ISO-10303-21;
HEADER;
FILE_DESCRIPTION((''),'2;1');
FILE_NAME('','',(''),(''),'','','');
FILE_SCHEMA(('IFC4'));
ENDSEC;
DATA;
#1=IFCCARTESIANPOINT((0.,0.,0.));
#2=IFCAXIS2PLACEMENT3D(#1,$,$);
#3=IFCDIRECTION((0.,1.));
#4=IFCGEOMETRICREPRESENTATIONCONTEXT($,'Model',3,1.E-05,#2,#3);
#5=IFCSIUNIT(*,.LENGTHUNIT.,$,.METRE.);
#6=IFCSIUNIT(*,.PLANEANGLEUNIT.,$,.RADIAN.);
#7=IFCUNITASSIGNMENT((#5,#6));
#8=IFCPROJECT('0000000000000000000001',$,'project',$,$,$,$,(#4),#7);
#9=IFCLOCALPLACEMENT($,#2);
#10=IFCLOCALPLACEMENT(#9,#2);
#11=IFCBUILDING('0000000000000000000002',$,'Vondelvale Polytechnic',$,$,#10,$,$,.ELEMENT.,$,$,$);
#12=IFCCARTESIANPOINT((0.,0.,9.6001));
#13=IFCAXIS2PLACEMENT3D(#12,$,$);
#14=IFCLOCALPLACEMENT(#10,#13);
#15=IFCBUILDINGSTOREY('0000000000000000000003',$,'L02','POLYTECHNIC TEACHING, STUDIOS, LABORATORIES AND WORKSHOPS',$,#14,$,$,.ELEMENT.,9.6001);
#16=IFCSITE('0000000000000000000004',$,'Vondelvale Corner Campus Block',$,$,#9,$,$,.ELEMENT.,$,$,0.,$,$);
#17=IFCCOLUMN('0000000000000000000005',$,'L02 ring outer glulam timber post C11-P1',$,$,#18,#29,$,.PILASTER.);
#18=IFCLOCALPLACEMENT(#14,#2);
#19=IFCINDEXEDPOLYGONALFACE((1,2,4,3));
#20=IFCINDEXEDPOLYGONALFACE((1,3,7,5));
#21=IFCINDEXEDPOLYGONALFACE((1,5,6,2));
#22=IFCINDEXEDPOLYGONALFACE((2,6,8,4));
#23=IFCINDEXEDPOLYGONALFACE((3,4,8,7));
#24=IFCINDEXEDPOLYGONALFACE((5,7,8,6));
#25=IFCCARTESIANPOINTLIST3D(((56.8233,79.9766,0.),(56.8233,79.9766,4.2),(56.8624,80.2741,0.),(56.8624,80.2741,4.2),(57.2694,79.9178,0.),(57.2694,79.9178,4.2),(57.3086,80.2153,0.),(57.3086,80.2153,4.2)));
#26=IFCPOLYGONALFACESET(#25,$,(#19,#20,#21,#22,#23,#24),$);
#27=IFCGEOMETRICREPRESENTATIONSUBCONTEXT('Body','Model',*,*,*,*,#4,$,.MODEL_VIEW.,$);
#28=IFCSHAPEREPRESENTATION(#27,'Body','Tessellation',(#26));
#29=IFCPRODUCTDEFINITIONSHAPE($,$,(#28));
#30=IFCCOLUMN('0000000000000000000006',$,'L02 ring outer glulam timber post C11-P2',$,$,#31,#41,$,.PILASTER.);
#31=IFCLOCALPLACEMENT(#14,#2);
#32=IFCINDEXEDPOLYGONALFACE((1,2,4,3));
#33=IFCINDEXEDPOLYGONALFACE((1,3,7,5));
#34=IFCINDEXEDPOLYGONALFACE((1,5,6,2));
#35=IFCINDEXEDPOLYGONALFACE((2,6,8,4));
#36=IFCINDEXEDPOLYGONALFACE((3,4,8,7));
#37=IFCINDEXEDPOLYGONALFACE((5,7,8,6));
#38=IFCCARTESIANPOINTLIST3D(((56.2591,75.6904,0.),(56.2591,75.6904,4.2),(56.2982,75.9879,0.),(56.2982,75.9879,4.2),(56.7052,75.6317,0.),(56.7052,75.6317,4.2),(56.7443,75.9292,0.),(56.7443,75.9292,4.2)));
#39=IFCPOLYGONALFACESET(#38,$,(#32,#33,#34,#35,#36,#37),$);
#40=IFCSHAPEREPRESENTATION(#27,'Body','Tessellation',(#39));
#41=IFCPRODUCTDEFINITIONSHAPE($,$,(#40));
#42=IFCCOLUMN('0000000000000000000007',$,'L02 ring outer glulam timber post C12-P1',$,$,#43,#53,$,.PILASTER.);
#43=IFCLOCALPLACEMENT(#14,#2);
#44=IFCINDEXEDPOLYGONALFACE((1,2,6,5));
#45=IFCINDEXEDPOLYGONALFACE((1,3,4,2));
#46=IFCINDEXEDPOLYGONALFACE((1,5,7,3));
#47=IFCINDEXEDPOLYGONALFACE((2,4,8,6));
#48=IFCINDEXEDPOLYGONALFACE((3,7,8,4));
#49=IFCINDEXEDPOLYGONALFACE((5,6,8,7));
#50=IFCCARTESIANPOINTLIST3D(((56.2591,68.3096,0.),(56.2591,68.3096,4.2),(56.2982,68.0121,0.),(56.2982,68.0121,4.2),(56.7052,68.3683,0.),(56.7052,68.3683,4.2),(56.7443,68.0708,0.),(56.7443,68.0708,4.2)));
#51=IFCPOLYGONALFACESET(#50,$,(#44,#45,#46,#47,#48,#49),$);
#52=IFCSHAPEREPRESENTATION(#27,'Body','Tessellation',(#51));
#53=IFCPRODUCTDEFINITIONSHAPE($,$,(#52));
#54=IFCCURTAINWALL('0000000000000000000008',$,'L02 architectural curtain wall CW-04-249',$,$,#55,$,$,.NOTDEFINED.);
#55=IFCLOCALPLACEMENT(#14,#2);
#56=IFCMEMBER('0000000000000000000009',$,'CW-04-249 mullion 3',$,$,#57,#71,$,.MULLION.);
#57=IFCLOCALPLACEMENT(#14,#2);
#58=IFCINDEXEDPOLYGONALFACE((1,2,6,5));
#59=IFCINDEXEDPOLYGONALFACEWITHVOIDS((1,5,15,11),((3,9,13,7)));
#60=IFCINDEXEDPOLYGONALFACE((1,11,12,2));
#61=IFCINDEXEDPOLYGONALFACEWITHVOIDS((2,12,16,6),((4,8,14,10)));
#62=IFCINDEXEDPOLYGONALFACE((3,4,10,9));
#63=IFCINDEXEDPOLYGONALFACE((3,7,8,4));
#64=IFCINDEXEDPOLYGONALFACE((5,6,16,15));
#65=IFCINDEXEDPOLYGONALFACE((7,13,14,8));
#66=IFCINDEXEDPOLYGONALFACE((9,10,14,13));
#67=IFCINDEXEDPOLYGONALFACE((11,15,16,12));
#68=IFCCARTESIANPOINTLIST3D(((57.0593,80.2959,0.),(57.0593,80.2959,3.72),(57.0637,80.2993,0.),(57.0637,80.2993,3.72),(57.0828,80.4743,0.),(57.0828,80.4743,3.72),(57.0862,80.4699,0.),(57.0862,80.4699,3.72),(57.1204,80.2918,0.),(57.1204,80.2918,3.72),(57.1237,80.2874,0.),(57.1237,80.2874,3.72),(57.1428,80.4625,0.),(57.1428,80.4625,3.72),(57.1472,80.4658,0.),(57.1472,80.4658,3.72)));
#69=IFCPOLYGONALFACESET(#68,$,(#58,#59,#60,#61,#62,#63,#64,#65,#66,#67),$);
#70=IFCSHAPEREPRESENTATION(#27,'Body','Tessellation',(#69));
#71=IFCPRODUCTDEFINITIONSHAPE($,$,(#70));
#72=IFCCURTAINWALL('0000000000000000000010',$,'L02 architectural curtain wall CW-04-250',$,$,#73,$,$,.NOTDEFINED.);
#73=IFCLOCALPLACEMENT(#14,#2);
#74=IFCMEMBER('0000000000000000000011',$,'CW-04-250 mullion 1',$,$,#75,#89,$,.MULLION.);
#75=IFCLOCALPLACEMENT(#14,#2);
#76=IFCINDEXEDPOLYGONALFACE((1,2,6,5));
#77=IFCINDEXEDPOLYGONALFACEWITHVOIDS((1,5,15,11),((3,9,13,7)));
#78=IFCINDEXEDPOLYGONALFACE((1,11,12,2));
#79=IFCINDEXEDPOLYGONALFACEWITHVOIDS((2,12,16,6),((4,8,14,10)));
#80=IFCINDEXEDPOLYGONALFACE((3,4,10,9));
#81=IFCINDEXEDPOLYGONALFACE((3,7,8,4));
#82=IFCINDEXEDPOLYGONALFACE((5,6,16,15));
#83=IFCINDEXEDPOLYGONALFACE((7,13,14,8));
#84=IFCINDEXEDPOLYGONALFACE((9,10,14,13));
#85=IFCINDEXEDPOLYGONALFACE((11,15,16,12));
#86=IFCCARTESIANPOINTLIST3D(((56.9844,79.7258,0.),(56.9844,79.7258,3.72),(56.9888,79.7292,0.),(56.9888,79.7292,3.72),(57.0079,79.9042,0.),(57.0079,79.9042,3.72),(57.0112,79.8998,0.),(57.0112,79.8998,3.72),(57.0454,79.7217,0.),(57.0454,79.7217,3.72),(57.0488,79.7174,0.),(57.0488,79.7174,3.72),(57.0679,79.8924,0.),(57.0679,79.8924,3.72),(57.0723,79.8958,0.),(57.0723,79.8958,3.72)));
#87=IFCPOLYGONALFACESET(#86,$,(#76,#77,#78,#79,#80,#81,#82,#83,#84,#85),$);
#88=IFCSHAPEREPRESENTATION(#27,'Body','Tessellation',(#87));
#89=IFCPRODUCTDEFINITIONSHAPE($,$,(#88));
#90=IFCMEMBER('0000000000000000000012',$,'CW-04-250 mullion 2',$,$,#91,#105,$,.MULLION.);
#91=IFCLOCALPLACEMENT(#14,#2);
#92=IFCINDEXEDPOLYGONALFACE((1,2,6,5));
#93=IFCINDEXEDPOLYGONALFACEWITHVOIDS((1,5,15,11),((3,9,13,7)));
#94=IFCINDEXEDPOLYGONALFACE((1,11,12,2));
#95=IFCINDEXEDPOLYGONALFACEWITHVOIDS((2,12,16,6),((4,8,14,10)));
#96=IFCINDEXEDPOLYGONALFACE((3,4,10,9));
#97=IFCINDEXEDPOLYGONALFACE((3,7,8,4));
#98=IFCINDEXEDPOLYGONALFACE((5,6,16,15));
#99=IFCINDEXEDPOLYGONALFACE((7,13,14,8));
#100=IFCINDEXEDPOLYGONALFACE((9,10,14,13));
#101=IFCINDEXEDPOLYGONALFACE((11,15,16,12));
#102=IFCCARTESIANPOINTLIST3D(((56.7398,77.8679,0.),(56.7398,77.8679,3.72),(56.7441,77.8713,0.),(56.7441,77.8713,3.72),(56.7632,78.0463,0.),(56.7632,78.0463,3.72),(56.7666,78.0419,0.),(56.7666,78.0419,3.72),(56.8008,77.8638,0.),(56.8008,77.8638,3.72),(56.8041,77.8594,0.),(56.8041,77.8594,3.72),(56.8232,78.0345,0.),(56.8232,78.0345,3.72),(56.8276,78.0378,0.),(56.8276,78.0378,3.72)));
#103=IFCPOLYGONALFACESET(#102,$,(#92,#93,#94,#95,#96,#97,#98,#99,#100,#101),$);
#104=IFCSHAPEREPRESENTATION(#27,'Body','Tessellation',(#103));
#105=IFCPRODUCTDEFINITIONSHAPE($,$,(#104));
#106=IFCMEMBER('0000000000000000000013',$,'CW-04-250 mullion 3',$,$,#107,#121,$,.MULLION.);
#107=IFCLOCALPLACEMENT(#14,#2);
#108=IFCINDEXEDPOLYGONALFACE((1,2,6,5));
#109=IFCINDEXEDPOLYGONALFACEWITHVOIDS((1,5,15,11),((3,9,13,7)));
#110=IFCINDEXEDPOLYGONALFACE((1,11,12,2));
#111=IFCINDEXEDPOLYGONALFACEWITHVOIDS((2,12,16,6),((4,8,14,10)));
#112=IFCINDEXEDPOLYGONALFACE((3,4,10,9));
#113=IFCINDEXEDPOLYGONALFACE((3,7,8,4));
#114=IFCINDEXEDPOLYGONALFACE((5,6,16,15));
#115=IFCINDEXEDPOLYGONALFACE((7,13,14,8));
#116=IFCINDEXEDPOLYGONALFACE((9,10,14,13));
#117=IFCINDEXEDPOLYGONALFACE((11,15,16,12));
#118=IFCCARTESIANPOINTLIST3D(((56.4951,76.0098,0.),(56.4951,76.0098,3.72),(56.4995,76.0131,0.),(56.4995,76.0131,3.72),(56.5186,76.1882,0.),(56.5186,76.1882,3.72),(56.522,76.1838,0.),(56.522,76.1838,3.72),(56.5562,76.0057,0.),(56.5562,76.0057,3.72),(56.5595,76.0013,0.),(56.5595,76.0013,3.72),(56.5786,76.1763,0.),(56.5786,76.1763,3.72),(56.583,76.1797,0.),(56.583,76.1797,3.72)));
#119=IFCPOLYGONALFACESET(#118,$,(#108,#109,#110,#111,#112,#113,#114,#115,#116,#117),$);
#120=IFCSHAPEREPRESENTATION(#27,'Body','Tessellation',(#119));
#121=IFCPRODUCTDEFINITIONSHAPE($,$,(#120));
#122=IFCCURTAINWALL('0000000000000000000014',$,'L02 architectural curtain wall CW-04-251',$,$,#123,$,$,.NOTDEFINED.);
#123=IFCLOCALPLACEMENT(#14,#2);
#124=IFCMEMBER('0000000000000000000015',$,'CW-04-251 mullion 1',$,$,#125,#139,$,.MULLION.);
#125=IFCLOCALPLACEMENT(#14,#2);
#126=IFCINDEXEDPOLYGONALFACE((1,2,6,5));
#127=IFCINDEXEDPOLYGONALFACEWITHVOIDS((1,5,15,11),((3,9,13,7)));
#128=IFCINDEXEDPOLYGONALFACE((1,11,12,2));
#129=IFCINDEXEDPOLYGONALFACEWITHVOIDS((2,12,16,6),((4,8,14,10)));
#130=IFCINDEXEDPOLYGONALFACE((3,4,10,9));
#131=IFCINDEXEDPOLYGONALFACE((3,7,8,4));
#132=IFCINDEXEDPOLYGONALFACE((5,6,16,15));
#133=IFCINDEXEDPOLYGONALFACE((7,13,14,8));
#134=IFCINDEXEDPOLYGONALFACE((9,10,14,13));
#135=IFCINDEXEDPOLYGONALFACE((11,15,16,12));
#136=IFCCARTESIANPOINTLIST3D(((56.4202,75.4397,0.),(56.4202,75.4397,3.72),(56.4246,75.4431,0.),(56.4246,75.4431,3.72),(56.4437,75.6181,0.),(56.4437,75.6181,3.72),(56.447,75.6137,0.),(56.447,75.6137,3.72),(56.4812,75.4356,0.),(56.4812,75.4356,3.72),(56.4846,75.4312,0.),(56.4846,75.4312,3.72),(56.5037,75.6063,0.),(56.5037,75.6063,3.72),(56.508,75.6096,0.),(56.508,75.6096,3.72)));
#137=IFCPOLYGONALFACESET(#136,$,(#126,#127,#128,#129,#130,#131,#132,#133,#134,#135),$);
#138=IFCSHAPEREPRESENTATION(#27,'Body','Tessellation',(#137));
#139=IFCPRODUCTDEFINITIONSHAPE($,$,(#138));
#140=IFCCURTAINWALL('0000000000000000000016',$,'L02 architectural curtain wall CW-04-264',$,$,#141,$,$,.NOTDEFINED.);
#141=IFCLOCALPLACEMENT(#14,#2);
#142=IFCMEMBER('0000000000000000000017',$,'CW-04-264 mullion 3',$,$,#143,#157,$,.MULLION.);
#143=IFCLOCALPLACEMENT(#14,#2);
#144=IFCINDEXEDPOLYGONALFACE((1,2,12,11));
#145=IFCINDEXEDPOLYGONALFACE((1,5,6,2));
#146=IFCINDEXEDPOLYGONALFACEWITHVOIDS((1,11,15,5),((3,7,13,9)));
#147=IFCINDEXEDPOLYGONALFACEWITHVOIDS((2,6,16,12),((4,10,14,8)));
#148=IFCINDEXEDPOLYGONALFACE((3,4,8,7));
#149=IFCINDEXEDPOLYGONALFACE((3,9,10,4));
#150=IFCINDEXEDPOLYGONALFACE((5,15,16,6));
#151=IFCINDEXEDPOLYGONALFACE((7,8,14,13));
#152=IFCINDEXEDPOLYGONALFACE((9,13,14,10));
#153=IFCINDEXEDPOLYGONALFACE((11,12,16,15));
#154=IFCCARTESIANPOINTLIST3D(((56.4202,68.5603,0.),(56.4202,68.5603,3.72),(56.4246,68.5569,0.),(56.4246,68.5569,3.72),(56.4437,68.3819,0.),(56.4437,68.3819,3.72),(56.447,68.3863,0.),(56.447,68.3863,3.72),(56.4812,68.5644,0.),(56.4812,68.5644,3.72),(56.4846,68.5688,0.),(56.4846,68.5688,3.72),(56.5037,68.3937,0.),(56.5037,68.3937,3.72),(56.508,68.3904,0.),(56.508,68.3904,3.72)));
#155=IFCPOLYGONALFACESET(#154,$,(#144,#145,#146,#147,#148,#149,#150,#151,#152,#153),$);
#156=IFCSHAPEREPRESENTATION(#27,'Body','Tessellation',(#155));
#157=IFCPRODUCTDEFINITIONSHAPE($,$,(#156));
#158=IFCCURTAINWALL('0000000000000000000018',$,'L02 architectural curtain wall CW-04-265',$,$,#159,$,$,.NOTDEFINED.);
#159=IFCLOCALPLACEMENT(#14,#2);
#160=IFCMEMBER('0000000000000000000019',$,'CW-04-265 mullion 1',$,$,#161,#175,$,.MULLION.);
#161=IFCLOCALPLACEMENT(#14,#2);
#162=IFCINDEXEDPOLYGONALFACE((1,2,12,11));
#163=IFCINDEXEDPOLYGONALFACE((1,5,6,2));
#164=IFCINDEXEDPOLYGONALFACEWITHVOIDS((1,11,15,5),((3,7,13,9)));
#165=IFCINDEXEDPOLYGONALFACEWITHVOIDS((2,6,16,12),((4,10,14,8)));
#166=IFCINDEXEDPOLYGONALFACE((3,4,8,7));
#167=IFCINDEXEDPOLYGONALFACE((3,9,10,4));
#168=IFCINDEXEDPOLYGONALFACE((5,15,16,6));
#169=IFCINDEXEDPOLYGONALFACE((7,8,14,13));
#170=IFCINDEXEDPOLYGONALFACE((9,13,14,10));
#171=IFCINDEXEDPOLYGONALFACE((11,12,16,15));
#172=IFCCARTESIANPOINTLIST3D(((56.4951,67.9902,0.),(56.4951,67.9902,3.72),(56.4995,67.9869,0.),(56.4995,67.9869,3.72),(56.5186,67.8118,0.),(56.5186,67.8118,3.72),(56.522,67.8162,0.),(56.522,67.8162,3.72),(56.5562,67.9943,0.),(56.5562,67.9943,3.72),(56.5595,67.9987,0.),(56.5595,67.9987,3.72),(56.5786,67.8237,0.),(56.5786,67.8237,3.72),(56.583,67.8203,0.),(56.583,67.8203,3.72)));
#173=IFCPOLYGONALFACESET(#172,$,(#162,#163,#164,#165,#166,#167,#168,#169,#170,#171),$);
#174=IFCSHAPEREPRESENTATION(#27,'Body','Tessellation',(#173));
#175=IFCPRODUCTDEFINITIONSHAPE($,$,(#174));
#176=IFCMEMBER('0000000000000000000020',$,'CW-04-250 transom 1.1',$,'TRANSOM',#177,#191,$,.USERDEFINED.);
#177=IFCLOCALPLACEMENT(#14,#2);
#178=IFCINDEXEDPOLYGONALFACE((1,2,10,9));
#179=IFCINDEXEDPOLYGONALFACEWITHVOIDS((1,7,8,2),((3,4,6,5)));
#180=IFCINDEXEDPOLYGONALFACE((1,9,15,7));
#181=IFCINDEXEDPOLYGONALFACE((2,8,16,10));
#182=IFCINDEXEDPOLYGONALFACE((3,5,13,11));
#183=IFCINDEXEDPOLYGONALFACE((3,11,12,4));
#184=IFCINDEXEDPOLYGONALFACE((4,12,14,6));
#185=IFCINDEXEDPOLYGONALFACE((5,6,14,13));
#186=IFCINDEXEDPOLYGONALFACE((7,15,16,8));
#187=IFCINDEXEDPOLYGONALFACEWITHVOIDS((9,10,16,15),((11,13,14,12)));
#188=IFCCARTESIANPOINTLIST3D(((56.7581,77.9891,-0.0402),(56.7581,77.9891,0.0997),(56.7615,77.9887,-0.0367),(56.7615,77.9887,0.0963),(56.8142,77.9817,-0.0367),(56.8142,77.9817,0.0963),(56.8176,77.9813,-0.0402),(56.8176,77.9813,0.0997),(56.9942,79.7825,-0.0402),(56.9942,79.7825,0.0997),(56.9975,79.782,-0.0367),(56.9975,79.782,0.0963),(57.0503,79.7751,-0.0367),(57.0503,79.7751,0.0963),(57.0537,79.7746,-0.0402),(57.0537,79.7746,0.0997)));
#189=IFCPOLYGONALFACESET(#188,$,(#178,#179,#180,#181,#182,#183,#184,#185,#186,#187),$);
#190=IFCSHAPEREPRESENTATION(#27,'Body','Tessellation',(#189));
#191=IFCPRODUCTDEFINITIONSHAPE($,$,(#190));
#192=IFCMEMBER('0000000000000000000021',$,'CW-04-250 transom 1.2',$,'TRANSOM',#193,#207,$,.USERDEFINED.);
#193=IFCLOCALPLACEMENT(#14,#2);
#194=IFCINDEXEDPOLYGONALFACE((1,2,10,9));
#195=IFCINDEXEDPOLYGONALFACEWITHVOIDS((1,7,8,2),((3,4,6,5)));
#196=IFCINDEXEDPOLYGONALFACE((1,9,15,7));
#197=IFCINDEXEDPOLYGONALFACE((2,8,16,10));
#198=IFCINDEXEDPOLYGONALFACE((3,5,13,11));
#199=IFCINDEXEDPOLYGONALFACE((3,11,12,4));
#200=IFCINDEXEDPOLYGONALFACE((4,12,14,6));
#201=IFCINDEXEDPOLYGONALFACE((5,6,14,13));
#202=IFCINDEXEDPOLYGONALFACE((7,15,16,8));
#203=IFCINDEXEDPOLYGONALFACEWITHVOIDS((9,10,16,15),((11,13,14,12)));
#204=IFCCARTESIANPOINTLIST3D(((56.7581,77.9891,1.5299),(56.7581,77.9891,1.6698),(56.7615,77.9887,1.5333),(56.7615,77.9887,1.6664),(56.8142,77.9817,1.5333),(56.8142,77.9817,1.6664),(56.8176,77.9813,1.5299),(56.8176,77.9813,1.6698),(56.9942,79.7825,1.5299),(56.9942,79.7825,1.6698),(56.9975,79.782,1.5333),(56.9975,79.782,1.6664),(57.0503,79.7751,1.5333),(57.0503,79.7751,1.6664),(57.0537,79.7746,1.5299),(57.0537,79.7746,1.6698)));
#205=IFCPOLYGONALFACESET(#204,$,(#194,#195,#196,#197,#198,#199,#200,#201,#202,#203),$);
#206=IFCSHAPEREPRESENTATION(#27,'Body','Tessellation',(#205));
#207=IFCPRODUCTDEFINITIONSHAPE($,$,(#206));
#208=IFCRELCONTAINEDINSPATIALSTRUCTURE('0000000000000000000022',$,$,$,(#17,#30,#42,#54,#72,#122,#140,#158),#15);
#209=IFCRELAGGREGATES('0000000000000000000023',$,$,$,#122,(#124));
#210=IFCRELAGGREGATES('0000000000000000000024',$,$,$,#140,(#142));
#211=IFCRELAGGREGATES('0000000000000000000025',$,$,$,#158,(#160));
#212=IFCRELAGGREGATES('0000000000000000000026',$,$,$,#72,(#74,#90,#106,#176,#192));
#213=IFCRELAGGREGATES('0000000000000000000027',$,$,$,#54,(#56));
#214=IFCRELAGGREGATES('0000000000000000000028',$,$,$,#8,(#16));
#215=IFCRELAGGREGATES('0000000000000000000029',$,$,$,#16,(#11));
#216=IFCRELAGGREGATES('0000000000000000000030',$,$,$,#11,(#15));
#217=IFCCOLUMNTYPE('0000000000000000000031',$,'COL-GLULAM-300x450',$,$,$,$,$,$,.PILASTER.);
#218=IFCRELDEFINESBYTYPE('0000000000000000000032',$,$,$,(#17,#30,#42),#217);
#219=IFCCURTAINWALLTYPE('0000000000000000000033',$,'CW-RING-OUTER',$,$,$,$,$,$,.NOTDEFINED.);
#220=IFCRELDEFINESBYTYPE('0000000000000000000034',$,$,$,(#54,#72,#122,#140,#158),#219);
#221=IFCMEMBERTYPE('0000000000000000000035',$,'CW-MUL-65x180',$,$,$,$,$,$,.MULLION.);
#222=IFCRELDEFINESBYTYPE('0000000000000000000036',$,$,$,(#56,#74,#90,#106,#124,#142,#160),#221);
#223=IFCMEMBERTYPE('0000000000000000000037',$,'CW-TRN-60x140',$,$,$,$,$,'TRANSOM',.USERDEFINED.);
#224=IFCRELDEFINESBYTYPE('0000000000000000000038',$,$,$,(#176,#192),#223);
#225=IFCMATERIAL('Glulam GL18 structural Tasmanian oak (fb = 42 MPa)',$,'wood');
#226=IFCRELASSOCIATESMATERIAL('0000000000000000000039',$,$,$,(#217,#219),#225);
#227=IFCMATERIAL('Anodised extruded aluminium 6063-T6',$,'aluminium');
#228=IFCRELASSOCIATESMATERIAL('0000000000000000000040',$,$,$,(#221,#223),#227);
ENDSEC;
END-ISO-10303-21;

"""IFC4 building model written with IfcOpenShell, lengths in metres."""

from ifc_helpers import new_model, si_unit, direction, frame, origin, origin_2d, place, context, subcontext, project, spatial, rectangle, hollow_rectangle, extrude, material, material_profile, profile_set, type_object, element, aggregate, save


model = new_model("IFC4")

# Units and contexts
model_context = context("Model", 3, precision=1e-05, world=origin(), true_north=direction((0.0, 1.0)))
body_context = subcontext(model_context, "Body", "Model", "MODEL_VIEW")
ifc_project = project(units=[si_unit("LENGTHUNIT", "METRE"), si_unit("PLANEANGLEUNIT", "RADIAN")], contexts=[model_context])

# Site, building, storey
site_placement = place(None, origin())
site = spatial("IfcSite", under=ifc_project, at=site_placement, Name="Vondelvale Corner Campus Block", CompositionType="ELEMENT", RefElevation=0.0)
building_placement = place(site_placement, origin())
building = spatial("IfcBuilding", under=site, at=building_placement, Name="Vondelvale Polytechnic", CompositionType="ELEMENT")
storey_placement = place(building_placement, frame((0.0, 0.0, 9.6001)))
storey = spatial("IfcBuildingStorey", under=building, at=storey_placement, Name="L02", Description="POLYTECHNIC TEACHING, STUDIOS, LABORATORIES AND WORKSHOPS", CompositionType="ELEMENT", Elevation=9.6001)

# Columns
ifc_material_1 = material(Name="Glulam GL18 structural Tasmanian oak (fb = 42 MPa)", Category="wood")
ifc_material_profile_1 = material_profile(ifc_material_1, rectangle(XDim=0.3, YDim=0.45, at=origin_2d()), Name="GL-POST-300x450")
ifc_profile_set_1 = profile_set([ifc_material_profile_1], Name="Glulam GL18 structural Tasmanian oak (fb = 42 MPa)")
column_type = type_object("IfcColumnType", Name="COL-GLULAM-300x450", PredefinedType="PILASTER", material=ifc_profile_set_1)
for number, where, z_axis, x_axis, name in (
    (1, (57.0659, 80.0959, 0.0), (0.0, 0.0, 1.0), (0.130526, 0.991445, 0.0), "L02 ring outer glulam timber post C11-P1"),
    (2, (56.5017, 75.8098, 0.0), (0.0, 0.0, 1.0), (0.130526, 0.991445, 0.0), "L02 ring outer glulam timber post C11-P2"),
    (3, (56.5017, 68.1902, 0.0), (0.0, 0.0, 1.0), (-0.130526, 0.991445, 0.0), "L02 ring outer glulam timber post C12-P1"),
):
    element("IfcColumn", number, at=place(storey_placement, frame(where, z_axis=z_axis, x_axis=x_axis)), inside=storey, type_object=column_type, Name=name, PredefinedType="PILASTER", context=body_context, shape_type="SweptSolid", body=[
        extrude(rectangle(XDim=0.3, YDim=0.45, at=origin_2d()), origin(), (0.0, 0.0, 1.0), 4.2),
    ])

# Curtain wall, member
curtain_wall_type = type_object("IfcCurtainWallType", Name="CW-RING-OUTER", PredefinedType="NOTDEFINED", material=ifc_material_1)
curtain_wall_1_placement = place(storey_placement, origin())
curtain_wall_1 = element("IfcCurtainWall", 4, at=curtain_wall_1_placement, inside=storey, type_object=curtain_wall_type, Name="L02 architectural curtain wall CW-04-249", PredefinedType="NOTDEFINED")
ifc_material_2 = material(Name="Anodised extruded aluminium 6063-T6", Category="aluminium")
ifc_material_profile_2 = material_profile(ifc_material_2, hollow_rectangle(XDim=0.0649, YDim=0.1799, WallThickness=0.0039, at=origin_2d()), Name="CW-MUL-180x65")
ifc_profile_set_2 = profile_set([ifc_material_profile_2], Name="Anodised extruded aluminium 6063-T6")
member_type_1 = type_object("IfcMemberType", Name="CW-MUL-65x180", PredefinedType="MULLION", material=ifc_profile_set_2)
member_1_placement = place(storey_placement, frame((57.1033, 80.3809, 0.0), z_axis=(0.0, 0.0, 1.0), x_axis=(0.991443, -0.13054, 0.0)))
member_1 = element("IfcMember", 5, at=member_1_placement, type_object=member_type_1, Name="CW-04-249 mullion 3", PredefinedType="MULLION", context=body_context, shape_type="SweptSolid", body=[
    extrude(hollow_rectangle(XDim=0.0649, YDim=0.1799, WallThickness=0.0039, at=origin_2d()), origin(), (0.0, 0.0, 1.0), 3.72),
])

# Curtain wall, members
curtain_wall_2_placement = place(storey_placement, origin())
curtain_wall_2 = element("IfcCurtainWall", 6, at=curtain_wall_2_placement, inside=storey, type_object=curtain_wall_type, Name="L02 architectural curtain wall CW-04-250", PredefinedType="NOTDEFINED")
member_2_placement = place(storey_placement, frame((57.0283, 79.8108, 0.0), z_axis=(0.0, 0.0, 1.0), x_axis=(0.991449, -0.130497, 0.0)))
member_2 = element("IfcMember", 7, at=member_2_placement, type_object=member_type_1, Name="CW-04-250 mullion 1", PredefinedType="MULLION", context=body_context, shape_type="SweptSolid", body=[
    extrude(hollow_rectangle(XDim=0.0649, YDim=0.1799, WallThickness=0.0039, at=origin_2d()), origin(), (0.0, 0.0, 1.0), 3.72),
])
member_3_placement = place(storey_placement, frame((56.7837, 77.9529, 0.0), z_axis=(0.0, 0.0, 1.0), x_axis=(0.991449, -0.130497, 0.0)))
member_3 = element("IfcMember", 8, at=member_3_placement, type_object=member_type_1, Name="CW-04-250 mullion 2", PredefinedType="MULLION", context=body_context, shape_type="SweptSolid", body=[
    extrude(hollow_rectangle(XDim=0.0649, YDim=0.1799, WallThickness=0.0039, at=origin_2d()), origin(), (0.0, 0.0, 1.0), 3.72),
])
member_4_placement = place(storey_placement, frame((56.5391, 76.0947, 0.0), z_axis=(0.0, 0.0, 1.0), x_axis=(0.991449, -0.130497, 0.0)))
member_4 = element("IfcMember", 9, at=member_4_placement, type_object=member_type_1, Name="CW-04-250 mullion 3", PredefinedType="MULLION", context=body_context, shape_type="SweptSolid", body=[
    extrude(hollow_rectangle(XDim=0.0649, YDim=0.1799, WallThickness=0.0039, at=origin_2d()), origin(), (0.0, 0.0, 1.0), 3.72),
])

# Curtain walls, members
curtain_wall_3_placement = place(storey_placement, origin())
curtain_wall_3 = element("IfcCurtainWall", 10, at=curtain_wall_3_placement, inside=storey, type_object=curtain_wall_type, Name="L02 architectural curtain wall CW-04-251", PredefinedType="NOTDEFINED")
member_5_placement = place(storey_placement, frame((56.4641, 75.5247, 0.0), z_axis=(0.0, 0.0, 1.0), x_axis=(0.991443, -0.13054, 0.0)))
member_5 = element("IfcMember", 11, at=member_5_placement, type_object=member_type_1, Name="CW-04-251 mullion 1", PredefinedType="MULLION", context=body_context, shape_type="SweptSolid", body=[
    extrude(hollow_rectangle(XDim=0.0649, YDim=0.1799, WallThickness=0.0039, at=origin_2d()), origin(), (0.0, 0.0, 1.0), 3.72),
])
aggregate(curtain_wall_3, [member_5])
curtain_wall_4_placement = place(storey_placement, origin())
curtain_wall_4 = element("IfcCurtainWall", 12, at=curtain_wall_4_placement, inside=storey, type_object=curtain_wall_type, Name="L02 architectural curtain wall CW-04-264", PredefinedType="NOTDEFINED")
member_6_placement = place(storey_placement, frame((56.4641, 68.4753, 0.0), z_axis=(0.0, 0.0, 1.0), x_axis=(0.991443, 0.13054, 0.0)))
member_6 = element("IfcMember", 13, at=member_6_placement, type_object=member_type_1, Name="CW-04-264 mullion 3", PredefinedType="MULLION", context=body_context, shape_type="SweptSolid", body=[
    extrude(hollow_rectangle(XDim=0.0649, YDim=0.1799, WallThickness=0.0039, at=origin_2d()), origin(), (0.0, 0.0, 1.0), 3.72),
])
aggregate(curtain_wall_4, [member_6])
curtain_wall_5_placement = place(storey_placement, origin())
curtain_wall_5 = element("IfcCurtainWall", 14, at=curtain_wall_5_placement, inside=storey, type_object=curtain_wall_type, Name="L02 architectural curtain wall CW-04-265", PredefinedType="NOTDEFINED")
member_7_placement = place(storey_placement, frame((56.5391, 67.9053, 0.0), z_axis=(0.0, 0.0, 1.0), x_axis=(0.991449, 0.130497, 0.0)))
member_7 = element("IfcMember", 15, at=member_7_placement, type_object=member_type_1, Name="CW-04-265 mullion 1", PredefinedType="MULLION", context=body_context, shape_type="SweptSolid", body=[
    extrude(hollow_rectangle(XDim=0.0649, YDim=0.1799, WallThickness=0.0039, at=origin_2d()), origin(), (0.0, 0.0, 1.0), 3.72),
])

# Members
ifc_material_profile_3 = material_profile(ifc_material_2, hollow_rectangle(XDim=0.0601, YDim=0.1399, WallThickness=0.0034, at=origin_2d()), Name="CW-TRN-140x60")
ifc_profile_set_3 = profile_set([ifc_material_profile_3], Name="Anodised extruded aluminium 6063-T6")
member_type_2 = type_object("IfcMemberType", Name="CW-TRN-60x140", ElementType="TRANSOM", PredefinedType="USERDEFINED", material=ifc_profile_set_3)
member_8_placement = place(storey_placement, frame((57.0239, 79.7786, 0.0298), z_axis=(-0.13051, -0.991447, 0.0), x_axis=(0.991447, -0.13051, 0.0)))
member_8 = element("IfcMember", 16, at=member_8_placement, type_object=member_type_2, Name="CW-04-250 transom 1.1", ObjectType="TRANSOM", PredefinedType="USERDEFINED", context=body_context, shape_type="SweptSolid", body=[
    extrude(hollow_rectangle(XDim=0.0601, YDim=0.1399, WallThickness=0.0034, at=origin_2d()), origin(), (0.0, 0.0, 1.0), 1.8088),
])
member_9_placement = place(storey_placement, frame((57.0239, 79.7786, 1.5999), z_axis=(-0.13051, -0.991447, 0.0), x_axis=(0.991447, -0.13051, 0.0)))
member_9 = element("IfcMember", 17, at=member_9_placement, type_object=member_type_2, Name="CW-04-250 transom 1.2", ObjectType="TRANSOM", PredefinedType="USERDEFINED", context=body_context, shape_type="SweptSolid", body=[
    extrude(hollow_rectangle(XDim=0.0601, YDim=0.1399, WallThickness=0.0034, at=origin_2d()), origin(), (0.0, 0.0, 1.0), 1.8088),
])
aggregate(curtain_wall_5, [member_7])

aggregate(curtain_wall_2, [member_2, member_3, member_4, member_8, member_9])
aggregate(curtain_wall_1, [member_1])

save(model, "model.ifc")
